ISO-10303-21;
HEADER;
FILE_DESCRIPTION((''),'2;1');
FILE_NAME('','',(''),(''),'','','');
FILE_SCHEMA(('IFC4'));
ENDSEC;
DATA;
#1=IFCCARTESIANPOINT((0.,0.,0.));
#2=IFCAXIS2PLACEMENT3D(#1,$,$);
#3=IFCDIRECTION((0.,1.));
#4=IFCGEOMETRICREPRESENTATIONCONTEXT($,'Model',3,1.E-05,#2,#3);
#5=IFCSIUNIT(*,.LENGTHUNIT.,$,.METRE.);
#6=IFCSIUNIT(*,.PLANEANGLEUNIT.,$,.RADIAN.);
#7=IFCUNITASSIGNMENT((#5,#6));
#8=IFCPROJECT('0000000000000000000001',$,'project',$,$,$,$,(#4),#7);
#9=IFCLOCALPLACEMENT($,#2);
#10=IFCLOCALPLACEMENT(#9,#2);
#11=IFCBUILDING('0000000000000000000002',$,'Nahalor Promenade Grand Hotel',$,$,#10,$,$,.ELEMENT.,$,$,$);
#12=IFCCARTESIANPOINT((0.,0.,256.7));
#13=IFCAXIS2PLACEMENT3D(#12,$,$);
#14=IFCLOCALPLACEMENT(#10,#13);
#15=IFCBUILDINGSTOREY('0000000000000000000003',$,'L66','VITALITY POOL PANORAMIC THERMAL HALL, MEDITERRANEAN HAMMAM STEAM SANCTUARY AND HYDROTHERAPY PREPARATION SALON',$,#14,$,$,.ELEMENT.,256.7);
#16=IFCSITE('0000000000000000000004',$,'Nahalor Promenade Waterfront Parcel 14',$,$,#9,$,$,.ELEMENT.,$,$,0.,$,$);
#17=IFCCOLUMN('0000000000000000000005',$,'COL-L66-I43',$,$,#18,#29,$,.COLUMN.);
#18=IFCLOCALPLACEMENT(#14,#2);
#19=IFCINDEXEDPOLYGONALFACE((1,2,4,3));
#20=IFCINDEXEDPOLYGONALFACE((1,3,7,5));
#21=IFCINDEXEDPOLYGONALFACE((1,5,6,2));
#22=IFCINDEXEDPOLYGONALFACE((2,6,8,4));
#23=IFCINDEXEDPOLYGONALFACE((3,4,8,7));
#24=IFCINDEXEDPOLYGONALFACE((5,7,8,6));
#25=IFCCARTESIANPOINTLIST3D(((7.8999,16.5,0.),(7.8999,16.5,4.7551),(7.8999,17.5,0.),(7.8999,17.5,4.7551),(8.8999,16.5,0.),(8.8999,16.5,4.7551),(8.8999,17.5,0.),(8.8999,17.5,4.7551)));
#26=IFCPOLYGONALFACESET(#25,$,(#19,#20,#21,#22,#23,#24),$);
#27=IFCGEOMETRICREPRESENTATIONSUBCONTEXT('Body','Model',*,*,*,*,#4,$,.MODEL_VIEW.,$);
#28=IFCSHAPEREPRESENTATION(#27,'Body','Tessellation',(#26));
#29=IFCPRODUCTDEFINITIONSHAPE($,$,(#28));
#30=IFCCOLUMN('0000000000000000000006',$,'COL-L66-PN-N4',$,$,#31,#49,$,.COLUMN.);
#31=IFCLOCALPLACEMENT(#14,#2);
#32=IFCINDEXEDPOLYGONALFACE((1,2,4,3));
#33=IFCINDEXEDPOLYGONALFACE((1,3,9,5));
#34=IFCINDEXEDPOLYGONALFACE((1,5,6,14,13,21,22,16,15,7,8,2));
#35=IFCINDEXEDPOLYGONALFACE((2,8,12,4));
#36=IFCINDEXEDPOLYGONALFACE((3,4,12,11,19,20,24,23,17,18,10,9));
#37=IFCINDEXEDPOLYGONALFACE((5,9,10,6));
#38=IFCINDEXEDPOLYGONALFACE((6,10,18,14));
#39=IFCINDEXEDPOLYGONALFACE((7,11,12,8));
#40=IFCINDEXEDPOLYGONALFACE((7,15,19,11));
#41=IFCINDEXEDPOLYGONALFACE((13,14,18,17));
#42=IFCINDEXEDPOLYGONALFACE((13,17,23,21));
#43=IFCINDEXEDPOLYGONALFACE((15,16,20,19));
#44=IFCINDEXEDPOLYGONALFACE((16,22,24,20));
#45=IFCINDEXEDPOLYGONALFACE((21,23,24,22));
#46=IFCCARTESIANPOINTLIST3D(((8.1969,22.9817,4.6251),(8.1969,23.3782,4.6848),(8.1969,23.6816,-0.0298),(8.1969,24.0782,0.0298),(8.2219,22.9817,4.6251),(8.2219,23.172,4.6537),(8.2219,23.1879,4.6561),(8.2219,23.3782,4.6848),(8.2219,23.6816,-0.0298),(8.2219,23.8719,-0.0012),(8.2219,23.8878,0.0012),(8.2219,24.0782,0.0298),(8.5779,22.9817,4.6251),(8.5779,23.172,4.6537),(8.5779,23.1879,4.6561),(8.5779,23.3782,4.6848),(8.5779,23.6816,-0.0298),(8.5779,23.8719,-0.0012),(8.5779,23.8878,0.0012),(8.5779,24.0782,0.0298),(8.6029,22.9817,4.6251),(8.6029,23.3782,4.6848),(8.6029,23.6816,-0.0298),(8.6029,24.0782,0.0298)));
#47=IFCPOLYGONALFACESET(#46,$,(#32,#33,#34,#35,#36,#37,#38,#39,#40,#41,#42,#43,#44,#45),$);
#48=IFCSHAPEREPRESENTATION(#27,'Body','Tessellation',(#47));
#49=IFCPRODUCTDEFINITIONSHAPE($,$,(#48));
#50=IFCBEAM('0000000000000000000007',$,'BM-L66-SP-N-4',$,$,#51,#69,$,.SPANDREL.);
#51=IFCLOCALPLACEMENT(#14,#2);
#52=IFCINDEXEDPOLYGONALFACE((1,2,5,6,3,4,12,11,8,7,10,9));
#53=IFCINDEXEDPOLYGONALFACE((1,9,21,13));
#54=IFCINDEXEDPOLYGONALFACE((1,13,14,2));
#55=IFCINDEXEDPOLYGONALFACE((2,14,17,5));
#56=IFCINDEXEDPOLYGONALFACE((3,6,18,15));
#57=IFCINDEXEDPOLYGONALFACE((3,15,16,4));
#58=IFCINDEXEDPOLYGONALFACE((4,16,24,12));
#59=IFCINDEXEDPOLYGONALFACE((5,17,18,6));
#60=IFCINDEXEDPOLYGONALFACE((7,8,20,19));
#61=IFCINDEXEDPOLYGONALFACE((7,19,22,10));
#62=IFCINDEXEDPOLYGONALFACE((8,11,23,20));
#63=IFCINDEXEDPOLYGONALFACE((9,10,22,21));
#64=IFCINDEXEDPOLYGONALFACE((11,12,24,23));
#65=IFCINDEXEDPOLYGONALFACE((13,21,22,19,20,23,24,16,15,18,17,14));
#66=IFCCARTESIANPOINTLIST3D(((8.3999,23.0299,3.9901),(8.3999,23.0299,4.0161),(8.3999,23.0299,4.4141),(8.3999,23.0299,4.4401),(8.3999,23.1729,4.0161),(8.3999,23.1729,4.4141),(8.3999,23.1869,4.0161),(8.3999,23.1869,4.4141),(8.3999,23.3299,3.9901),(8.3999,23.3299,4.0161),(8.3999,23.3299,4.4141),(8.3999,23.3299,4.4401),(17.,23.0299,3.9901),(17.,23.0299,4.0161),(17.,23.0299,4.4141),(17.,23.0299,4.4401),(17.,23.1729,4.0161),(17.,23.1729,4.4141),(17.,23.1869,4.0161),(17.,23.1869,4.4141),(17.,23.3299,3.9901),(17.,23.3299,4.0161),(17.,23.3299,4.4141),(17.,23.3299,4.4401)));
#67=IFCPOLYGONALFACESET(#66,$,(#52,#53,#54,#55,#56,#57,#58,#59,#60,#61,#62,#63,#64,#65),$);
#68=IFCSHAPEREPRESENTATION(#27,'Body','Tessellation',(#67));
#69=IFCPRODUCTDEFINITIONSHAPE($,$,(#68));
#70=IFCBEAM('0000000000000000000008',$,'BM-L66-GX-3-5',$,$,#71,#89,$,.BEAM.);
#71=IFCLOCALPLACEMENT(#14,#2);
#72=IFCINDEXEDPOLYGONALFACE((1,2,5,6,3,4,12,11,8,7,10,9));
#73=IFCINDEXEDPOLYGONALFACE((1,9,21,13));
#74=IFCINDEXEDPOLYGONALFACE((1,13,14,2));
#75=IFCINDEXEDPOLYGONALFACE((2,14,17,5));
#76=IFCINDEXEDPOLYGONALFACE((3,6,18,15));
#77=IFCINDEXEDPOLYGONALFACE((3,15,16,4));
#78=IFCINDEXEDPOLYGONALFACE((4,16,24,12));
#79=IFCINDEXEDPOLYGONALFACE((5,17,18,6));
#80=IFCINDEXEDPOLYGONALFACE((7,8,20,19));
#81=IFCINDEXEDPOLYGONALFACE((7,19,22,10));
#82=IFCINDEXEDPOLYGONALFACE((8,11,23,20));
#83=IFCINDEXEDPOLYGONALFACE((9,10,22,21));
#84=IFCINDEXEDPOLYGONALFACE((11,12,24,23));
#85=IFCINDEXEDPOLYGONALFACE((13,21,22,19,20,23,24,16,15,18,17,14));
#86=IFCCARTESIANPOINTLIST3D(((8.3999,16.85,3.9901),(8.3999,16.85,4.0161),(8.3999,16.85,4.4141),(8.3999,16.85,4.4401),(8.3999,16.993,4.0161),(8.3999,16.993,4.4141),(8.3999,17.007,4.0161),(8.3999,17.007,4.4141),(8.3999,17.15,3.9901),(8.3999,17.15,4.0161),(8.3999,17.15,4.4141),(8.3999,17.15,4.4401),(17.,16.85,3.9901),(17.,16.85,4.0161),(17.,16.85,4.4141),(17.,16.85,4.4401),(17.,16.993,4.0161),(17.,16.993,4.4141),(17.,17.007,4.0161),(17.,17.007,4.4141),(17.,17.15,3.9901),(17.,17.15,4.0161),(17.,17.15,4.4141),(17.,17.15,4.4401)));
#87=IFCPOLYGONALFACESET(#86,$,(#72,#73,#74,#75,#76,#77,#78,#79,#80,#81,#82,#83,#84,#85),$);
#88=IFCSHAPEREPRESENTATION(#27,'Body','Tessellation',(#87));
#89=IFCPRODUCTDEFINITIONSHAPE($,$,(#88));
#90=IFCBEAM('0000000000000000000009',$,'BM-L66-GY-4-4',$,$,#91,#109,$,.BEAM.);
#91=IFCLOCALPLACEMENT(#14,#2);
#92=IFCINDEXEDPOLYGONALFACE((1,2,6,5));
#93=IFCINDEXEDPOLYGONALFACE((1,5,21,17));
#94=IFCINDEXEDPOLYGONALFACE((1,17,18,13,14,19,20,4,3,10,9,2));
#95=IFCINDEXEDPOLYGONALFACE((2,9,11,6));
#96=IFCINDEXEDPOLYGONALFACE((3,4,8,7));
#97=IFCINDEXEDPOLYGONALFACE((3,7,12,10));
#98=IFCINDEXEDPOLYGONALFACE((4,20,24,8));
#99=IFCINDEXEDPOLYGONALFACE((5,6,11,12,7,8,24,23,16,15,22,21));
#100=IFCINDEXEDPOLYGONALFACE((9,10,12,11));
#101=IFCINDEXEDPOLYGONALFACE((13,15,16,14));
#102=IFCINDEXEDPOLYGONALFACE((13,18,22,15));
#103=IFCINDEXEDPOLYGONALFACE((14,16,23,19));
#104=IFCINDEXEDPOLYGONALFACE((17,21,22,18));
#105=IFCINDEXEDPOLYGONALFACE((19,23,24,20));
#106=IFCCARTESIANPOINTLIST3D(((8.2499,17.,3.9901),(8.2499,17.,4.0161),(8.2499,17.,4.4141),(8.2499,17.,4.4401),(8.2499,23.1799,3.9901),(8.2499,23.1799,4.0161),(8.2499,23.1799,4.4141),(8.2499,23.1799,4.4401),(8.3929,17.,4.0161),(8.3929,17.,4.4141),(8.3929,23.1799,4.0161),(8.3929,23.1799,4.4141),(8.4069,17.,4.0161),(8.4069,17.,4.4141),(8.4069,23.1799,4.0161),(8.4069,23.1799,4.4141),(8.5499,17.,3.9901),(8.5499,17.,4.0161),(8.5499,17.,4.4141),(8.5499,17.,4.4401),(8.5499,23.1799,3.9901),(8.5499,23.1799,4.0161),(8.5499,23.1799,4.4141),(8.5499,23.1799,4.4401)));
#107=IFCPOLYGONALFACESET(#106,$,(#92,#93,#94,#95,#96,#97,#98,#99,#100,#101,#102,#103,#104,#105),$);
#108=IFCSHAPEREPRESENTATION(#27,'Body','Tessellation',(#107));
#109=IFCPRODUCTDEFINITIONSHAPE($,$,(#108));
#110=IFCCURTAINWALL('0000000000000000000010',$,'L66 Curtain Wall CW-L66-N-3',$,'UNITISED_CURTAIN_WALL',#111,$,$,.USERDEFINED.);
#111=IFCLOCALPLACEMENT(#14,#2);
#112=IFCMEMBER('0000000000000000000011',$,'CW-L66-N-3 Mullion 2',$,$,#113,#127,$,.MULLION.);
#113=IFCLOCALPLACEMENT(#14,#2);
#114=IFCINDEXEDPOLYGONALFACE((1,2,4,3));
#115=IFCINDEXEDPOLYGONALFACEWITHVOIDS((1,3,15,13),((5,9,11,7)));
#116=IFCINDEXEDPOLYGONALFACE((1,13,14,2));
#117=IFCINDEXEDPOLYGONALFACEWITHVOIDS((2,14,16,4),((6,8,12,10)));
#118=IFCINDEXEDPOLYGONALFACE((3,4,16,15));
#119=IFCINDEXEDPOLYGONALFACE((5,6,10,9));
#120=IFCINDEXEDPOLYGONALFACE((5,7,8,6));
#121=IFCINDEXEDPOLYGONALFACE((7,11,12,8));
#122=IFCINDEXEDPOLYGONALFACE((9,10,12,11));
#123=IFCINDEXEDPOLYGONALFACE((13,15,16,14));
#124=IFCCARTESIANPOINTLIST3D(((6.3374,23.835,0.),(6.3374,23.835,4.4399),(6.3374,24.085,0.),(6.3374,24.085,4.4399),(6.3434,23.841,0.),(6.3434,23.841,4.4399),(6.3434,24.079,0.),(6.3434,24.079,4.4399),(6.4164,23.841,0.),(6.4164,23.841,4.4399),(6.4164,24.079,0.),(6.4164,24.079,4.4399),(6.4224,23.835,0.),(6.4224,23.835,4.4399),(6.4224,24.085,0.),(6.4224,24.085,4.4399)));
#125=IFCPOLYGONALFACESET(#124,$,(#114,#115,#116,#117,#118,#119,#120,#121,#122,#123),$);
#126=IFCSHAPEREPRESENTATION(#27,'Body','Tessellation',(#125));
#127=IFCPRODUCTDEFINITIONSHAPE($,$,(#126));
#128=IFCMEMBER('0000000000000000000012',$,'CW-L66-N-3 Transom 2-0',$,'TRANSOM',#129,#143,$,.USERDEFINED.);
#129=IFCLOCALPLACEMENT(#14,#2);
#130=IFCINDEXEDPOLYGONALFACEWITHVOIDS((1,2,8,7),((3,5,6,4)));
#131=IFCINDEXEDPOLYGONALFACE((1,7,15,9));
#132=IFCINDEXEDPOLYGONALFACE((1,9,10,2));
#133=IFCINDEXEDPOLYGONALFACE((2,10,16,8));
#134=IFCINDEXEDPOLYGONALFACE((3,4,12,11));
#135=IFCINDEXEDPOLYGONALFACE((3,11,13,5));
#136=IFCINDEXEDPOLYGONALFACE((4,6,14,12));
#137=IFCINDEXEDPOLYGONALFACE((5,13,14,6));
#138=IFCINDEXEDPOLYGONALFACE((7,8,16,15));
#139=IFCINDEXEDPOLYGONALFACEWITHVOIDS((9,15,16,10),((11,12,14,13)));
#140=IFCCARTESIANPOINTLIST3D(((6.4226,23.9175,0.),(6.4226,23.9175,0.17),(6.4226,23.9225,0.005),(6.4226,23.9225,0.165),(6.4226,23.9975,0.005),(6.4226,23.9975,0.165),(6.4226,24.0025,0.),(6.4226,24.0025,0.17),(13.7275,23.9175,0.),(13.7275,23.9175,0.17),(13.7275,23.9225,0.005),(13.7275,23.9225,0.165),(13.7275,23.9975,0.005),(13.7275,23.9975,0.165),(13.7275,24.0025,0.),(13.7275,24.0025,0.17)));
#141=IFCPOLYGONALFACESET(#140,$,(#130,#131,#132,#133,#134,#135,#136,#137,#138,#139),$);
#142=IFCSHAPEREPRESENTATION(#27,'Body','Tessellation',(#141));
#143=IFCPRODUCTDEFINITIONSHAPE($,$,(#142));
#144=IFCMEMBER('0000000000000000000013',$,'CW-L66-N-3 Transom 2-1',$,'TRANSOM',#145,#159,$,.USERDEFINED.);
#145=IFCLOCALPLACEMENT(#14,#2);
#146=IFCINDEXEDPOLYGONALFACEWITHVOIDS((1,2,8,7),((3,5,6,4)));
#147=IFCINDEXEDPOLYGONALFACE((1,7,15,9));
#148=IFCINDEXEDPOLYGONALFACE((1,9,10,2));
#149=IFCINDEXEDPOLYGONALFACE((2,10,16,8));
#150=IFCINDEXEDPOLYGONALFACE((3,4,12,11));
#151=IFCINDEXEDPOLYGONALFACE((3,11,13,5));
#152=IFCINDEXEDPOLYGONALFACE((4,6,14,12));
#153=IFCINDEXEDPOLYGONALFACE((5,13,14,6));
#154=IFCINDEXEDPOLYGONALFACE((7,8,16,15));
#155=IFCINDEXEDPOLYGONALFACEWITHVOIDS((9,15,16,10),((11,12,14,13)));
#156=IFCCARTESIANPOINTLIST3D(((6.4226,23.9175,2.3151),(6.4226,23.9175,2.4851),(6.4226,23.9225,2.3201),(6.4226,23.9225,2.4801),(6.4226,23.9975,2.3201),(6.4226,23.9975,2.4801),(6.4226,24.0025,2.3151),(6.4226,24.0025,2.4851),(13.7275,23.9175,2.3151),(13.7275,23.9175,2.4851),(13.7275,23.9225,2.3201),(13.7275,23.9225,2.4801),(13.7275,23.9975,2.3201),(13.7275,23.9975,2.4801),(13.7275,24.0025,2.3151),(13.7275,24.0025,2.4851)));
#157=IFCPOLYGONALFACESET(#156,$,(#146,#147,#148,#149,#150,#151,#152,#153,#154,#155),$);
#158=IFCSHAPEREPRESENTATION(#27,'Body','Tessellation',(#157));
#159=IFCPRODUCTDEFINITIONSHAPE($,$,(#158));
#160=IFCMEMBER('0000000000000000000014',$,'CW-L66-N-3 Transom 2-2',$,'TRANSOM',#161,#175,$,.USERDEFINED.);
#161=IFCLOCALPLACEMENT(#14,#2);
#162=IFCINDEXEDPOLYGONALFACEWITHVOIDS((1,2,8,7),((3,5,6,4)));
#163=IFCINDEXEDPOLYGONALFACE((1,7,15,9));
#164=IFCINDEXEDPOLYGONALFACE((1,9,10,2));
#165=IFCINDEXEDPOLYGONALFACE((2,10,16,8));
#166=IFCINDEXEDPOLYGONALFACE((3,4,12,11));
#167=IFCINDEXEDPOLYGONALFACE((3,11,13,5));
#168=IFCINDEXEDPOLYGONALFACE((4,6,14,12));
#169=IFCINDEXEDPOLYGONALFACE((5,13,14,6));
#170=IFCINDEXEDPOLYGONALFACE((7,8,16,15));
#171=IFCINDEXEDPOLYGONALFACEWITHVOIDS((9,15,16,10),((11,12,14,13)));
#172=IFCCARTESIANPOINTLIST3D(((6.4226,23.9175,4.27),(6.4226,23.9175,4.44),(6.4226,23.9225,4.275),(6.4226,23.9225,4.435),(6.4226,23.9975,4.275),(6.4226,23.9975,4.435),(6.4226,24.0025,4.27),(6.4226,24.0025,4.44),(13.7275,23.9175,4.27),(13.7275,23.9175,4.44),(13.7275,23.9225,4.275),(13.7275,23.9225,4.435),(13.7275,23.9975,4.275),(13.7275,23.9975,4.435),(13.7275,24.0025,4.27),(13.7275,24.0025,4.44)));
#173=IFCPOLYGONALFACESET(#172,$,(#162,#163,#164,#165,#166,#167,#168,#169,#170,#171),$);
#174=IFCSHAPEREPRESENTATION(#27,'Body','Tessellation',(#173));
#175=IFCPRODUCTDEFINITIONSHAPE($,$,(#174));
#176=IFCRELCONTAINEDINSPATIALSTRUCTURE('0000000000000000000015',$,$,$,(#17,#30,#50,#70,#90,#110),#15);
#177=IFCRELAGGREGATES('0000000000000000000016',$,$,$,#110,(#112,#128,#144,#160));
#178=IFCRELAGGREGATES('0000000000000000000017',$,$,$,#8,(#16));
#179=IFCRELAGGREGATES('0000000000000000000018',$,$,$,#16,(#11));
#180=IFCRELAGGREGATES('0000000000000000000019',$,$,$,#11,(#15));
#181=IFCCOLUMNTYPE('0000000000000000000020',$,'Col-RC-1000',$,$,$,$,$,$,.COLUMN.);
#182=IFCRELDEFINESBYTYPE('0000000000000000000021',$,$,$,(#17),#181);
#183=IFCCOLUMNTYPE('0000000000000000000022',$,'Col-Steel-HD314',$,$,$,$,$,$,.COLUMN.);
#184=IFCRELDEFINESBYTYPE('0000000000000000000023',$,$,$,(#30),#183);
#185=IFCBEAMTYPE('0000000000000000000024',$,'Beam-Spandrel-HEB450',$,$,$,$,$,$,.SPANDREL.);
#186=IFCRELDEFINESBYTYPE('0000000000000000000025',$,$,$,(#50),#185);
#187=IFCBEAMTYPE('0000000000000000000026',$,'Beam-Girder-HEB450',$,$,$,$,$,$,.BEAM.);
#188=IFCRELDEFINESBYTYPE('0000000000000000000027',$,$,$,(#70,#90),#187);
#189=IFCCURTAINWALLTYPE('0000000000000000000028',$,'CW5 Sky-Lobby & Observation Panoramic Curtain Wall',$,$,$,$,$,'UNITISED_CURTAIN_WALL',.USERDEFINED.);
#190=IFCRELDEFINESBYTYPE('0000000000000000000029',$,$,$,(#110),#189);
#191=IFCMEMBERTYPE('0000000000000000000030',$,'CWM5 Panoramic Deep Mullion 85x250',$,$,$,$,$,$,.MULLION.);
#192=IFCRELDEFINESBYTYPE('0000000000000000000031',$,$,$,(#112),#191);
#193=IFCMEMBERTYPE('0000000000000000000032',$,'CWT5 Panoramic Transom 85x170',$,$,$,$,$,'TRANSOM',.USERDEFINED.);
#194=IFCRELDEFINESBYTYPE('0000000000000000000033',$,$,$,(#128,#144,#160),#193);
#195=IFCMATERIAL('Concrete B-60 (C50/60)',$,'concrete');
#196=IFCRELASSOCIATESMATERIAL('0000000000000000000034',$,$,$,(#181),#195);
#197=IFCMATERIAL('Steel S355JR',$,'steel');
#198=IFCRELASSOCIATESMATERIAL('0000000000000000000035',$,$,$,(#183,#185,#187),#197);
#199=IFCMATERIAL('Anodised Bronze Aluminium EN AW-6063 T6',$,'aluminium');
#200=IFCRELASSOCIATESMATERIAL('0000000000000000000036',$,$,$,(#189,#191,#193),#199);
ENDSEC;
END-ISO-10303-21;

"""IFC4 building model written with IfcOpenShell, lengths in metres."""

from ifc_helpers import new_model, si_unit, direction, frame, origin, origin_2d, place, context, subcontext, project, spatial, rectangle, hollow_rectangle, i_section, extrude, source, transform, mapped, material, material_profile, profile_set, type_object, element, aggregate, save


model = new_model("IFC4")

# Units and contexts
model_context = context("Model", 3, precision=1e-05, world=origin(), true_north=direction((0.0, 1.0)))
body_context = subcontext(model_context, "Body", "Model", "MODEL_VIEW")
ifc_project = project(units=[si_unit("LENGTHUNIT", "METRE"), si_unit("PLANEANGLEUNIT", "RADIAN")], contexts=[model_context])

# Site, building, storey
site_placement = place(None, origin())
site = spatial("IfcSite", under=ifc_project, at=site_placement, Name="Nahalor Promenade Waterfront Parcel 14", CompositionType="ELEMENT", RefElevation=0.0)
building_placement = place(site_placement, origin())
building = spatial("IfcBuilding", under=site, at=building_placement, Name="Nahalor Promenade Grand Hotel", CompositionType="ELEMENT")
storey_placement = place(building_placement, frame((0.0, 0.0, 256.7)))
storey = spatial("IfcBuildingStorey", under=building, at=storey_placement, Name="L66", Description="VITALITY POOL PANORAMIC THERMAL HALL, MEDITERRANEAN HAMMAM STEAM SANCTUARY AND HYDROTHERAPY PREPARATION SALON", CompositionType="ELEMENT", Elevation=256.7)

# Columns
ifc_material_1 = material(Name="Concrete B-60 (C50/60)", Category="concrete")
ifc_material_profile_1 = material_profile(ifc_material_1, rectangle(XDim=1.0, YDim=1.0, at=origin_2d()), Name="RC 1000x1000")
ifc_profile_set_1 = profile_set([ifc_material_profile_1], Name="Concrete B-60 (C50/60)")
column_type_1 = type_object("IfcColumnType", Name="Col-RC-1000", PredefinedType="COLUMN", material=ifc_profile_set_1)
shared_shape_1 = source(origin(), body_context, "Body", "SweptSolid", [
    extrude(rectangle(XDim=1.0, YDim=1.0, at=origin_2d()), origin(), (0.0, 0.0, 1.0), 4.7551),
])
column_1_placement = place(storey_placement, frame((8.3999, 17.0, 0.0), z_axis=(0.0, 0.0, 1.0), x_axis=(1.0, 0.0, 0.0)))
element("IfcColumn", 1, at=column_1_placement, inside=storey, type_object=column_type_1, Name="COL-L66-I43", PredefinedType="COLUMN", context=body_context, shape_type="MappedRepresentation", body=[
    mapped(shared_shape_1, transform((0.0, 0.0, 0.0), scale=1.0)),
])
ifc_material_2 = material(Name="Steel S355JR", Category="steel")
ifc_material_profile_2 = material_profile(ifc_material_2, i_section(OverallWidth=0.401, OverallDepth=0.406, WebThickness=0.0161, FlangeThickness=0.025, at=origin_2d()), Name="HD 400x314")
ifc_profile_set_2 = profile_set([ifc_material_profile_2], Name="Steel S355JR")
column_type_2 = type_object("IfcColumnType", Name="Col-Steel-HD314", PredefinedType="COLUMN", material=ifc_profile_set_2)
shared_shape_2 = source(origin(), body_context, "Body", "SweptSolid", [
    extrude(i_section(OverallWidth=0.401, OverallDepth=0.406, WebThickness=0.0161, FlangeThickness=0.025, at=origin_2d()), origin(), (0.0, 0.0, 1.0), 4.7073),
])
column_2_placement = place(storey_placement, frame((8.3999, 23.8799, 0.0), z_axis=(0.0, -0.148693, 0.988883), x_axis=(0.0, 0.988883, 0.148693)))
element("IfcColumn", 2, at=column_2_placement, inside=storey, type_object=column_type_2, Name="COL-L66-PN-N4", PredefinedType="COLUMN", context=body_context, shape_type="MappedRepresentation", body=[
    mapped(shared_shape_2, transform((0.0, 0.0, 0.0), scale=1.0)),
])

# Beams
ifc_material_profile_3 = material_profile(ifc_material_2, i_section(OverallWidth=0.3, OverallDepth=0.45, WebThickness=0.014, FlangeThickness=0.026, at=origin_2d()), Name="HEB 450")
ifc_profile_set_3 = profile_set([ifc_material_profile_3], Name="Steel S355JR")
beam_type_1 = type_object("IfcBeamType", Name="Beam-Spandrel-HEB450", PredefinedType="SPANDREL", material=ifc_profile_set_3)
shared_shape_3 = source(origin(), body_context, "Body", "SweptSolid", [
    extrude(i_section(OverallWidth=0.3, OverallDepth=0.45, WebThickness=0.014, FlangeThickness=0.026, at=origin_2d()), origin(), (0.0, 0.0, 1.0), 8.6001),
])
beam_1_placement = place(storey_placement, frame((8.3999, 23.1799, 4.2151), z_axis=(1.0, 0.0, 0.0), x_axis=(0.0, 1.0, 0.0)))
element("IfcBeam", 3, at=beam_1_placement, inside=storey, type_object=beam_type_1, Name="BM-L66-SP-N-4", PredefinedType="SPANDREL", context=body_context, shape_type="MappedRepresentation", body=[
    mapped(shared_shape_3, transform((0.0, 0.0, 0.0), scale=1.0)),
])
ifc_material_profile_4 = material_profile(ifc_material_2, i_section(OverallWidth=0.3, OverallDepth=0.45, WebThickness=0.014, FlangeThickness=0.026, at=origin_2d()), Name="HEB 450")
ifc_profile_set_4 = profile_set([ifc_material_profile_4], Name="Steel S355JR")
beam_type_2 = type_object("IfcBeamType", Name="Beam-Girder-HEB450", PredefinedType="BEAM", material=ifc_profile_set_4)
shared_shape_4 = source(origin(), body_context, "Body", "SweptSolid", [
    extrude(i_section(OverallWidth=0.3, OverallDepth=0.45, WebThickness=0.014, FlangeThickness=0.026, at=origin_2d()), origin(), (0.0, 0.0, 1.0), 8.6001),
])
beam_2_placement = place(storey_placement, frame((8.3999, 17.0, 4.2151), z_axis=(1.0, 0.0, 0.0), x_axis=(0.0, 1.0, 0.0)))
element("IfcBeam", 4, at=beam_2_placement, inside=storey, type_object=beam_type_2, Name="BM-L66-GX-3-5", PredefinedType="BEAM", context=body_context, shape_type="MappedRepresentation", body=[
    mapped(shared_shape_4, transform((0.0, 0.0, 0.0), scale=1.0)),
])
shared_shape_5 = source(origin(), body_context, "Body", "SweptSolid", [
    extrude(i_section(OverallWidth=0.3, OverallDepth=0.45, WebThickness=0.014, FlangeThickness=0.026, at=origin_2d()), origin(), (0.0, 0.0, 1.0), 6.1799),
])
beam_3_placement = place(storey_placement, frame((8.3999, 17.0, 4.2151), z_axis=(0.0, 1.0, 0.0), x_axis=(-1.0, 0.0, 0.0)))
element("IfcBeam", 5, at=beam_3_placement, inside=storey, type_object=beam_type_2, Name="BM-L66-GY-4-4", PredefinedType="BEAM", context=body_context, shape_type="MappedRepresentation", body=[
    mapped(shared_shape_5, transform((0.0, 0.0, 0.0), scale=1.0)),
])

# Curtain wall, members
ifc_material_3 = material(Name="Anodised Bronze Aluminium EN AW-6063 T6", Category="aluminium")
curtain_wall_type = type_object("IfcCurtainWallType", Name="CW5 Sky-Lobby & Observation Panoramic Curtain Wall", ElementType="UNITISED_CURTAIN_WALL", PredefinedType="USERDEFINED", material=ifc_material_3)
curtain_wall_placement = place(storey_placement, origin())
curtain_wall = element("IfcCurtainWall", 6, at=curtain_wall_placement, inside=storey, type_object=curtain_wall_type, Name="L66 Curtain Wall CW-L66-N-3", ObjectType="UNITISED_CURTAIN_WALL", PredefinedType="USERDEFINED")
ifc_material_profile_5 = material_profile(ifc_material_3, hollow_rectangle(XDim=0.085, YDim=0.25, WallThickness=0.006, at=origin_2d()), Name="CWM 85x250x6")
ifc_profile_set_5 = profile_set([ifc_material_profile_5], Name="Anodised Bronze Aluminium EN AW-6063 T6")
member_type_1 = type_object("IfcMemberType", Name="CWM5 Panoramic Deep Mullion 85x250", PredefinedType="MULLION", material=ifc_profile_set_5)
shared_shape_6 = source(origin(), body_context, "Body", "SweptSolid", [
    extrude(hollow_rectangle(XDim=0.085, YDim=0.25, WallThickness=0.006, at=origin_2d()), origin(), (0.0, 0.0, 1.0), 4.4399),
])
member_1_placement = place(storey_placement, frame((6.3799, 23.96, 0.0), z_axis=(0.0, 0.0, 1.0), x_axis=(1.0, 0.0, 0.0)))
member_1 = element("IfcMember", 7, at=member_1_placement, type_object=member_type_1, Name="CW-L66-N-3 Mullion 2", PredefinedType="MULLION", context=body_context, shape_type="MappedRepresentation", body=[
    mapped(shared_shape_6, transform((0.0, 0.0, 0.0), scale=1.0)),
])
ifc_material_profile_6 = material_profile(ifc_material_3, hollow_rectangle(XDim=0.085, YDim=0.17, WallThickness=0.005, at=origin_2d()), Name="CWT 85x170x5")
ifc_profile_set_6 = profile_set([ifc_material_profile_6], Name="Anodised Bronze Aluminium EN AW-6063 T6")
member_type_2 = type_object("IfcMemberType", Name="CWT5 Panoramic Transom 85x170", ElementType="TRANSOM", PredefinedType="USERDEFINED", material=ifc_profile_set_6)
shared_shape_7 = source(origin(), body_context, "Body", "SweptSolid", [
    extrude(hollow_rectangle(XDim=0.085, YDim=0.17, WallThickness=0.005, at=origin_2d()), origin(), (0.0, 0.0, 1.0), 7.3049),
])
member_2_placement = place(storey_placement, frame((6.4226, 23.96, 0.085), z_axis=(1.0, 0.0, 0.0), x_axis=(0.0, 1.0, 0.0)))
member_2 = element("IfcMember", 8, at=member_2_placement, type_object=member_type_2, Name="CW-L66-N-3 Transom 2-0", ObjectType="TRANSOM", PredefinedType="USERDEFINED", context=body_context, shape_type="MappedRepresentation", body=[
    mapped(shared_shape_7, transform((0.0, 0.0, 0.0), scale=1.0)),
])
member_3_placement = place(storey_placement, frame((6.4226, 23.96, 2.4001), z_axis=(1.0, 0.0, 0.0), x_axis=(0.0, 1.0, 0.0)))
member_3 = element("IfcMember", 9, at=member_3_placement, type_object=member_type_2, Name="CW-L66-N-3 Transom 2-1", ObjectType="TRANSOM", PredefinedType="USERDEFINED", context=body_context, shape_type="MappedRepresentation", body=[
    mapped(shared_shape_7, transform((0.0, 0.0, 0.0), scale=1.0)),
])
member_4_placement = place(storey_placement, frame((6.4226, 23.96, 4.355), z_axis=(1.0, 0.0, 0.0), x_axis=(0.0, 1.0, 0.0)))
member_4 = element("IfcMember", 10, at=member_4_placement, type_object=member_type_2, Name="CW-L66-N-3 Transom 2-2", ObjectType="TRANSOM", PredefinedType="USERDEFINED", context=body_context, shape_type="MappedRepresentation", body=[
    mapped(shared_shape_7, transform((0.0, 0.0, 0.0), scale=1.0)),
])
aggregate(curtain_wall, [member_1, member_2, member_3, member_4])

save(model, "model.ifc")
